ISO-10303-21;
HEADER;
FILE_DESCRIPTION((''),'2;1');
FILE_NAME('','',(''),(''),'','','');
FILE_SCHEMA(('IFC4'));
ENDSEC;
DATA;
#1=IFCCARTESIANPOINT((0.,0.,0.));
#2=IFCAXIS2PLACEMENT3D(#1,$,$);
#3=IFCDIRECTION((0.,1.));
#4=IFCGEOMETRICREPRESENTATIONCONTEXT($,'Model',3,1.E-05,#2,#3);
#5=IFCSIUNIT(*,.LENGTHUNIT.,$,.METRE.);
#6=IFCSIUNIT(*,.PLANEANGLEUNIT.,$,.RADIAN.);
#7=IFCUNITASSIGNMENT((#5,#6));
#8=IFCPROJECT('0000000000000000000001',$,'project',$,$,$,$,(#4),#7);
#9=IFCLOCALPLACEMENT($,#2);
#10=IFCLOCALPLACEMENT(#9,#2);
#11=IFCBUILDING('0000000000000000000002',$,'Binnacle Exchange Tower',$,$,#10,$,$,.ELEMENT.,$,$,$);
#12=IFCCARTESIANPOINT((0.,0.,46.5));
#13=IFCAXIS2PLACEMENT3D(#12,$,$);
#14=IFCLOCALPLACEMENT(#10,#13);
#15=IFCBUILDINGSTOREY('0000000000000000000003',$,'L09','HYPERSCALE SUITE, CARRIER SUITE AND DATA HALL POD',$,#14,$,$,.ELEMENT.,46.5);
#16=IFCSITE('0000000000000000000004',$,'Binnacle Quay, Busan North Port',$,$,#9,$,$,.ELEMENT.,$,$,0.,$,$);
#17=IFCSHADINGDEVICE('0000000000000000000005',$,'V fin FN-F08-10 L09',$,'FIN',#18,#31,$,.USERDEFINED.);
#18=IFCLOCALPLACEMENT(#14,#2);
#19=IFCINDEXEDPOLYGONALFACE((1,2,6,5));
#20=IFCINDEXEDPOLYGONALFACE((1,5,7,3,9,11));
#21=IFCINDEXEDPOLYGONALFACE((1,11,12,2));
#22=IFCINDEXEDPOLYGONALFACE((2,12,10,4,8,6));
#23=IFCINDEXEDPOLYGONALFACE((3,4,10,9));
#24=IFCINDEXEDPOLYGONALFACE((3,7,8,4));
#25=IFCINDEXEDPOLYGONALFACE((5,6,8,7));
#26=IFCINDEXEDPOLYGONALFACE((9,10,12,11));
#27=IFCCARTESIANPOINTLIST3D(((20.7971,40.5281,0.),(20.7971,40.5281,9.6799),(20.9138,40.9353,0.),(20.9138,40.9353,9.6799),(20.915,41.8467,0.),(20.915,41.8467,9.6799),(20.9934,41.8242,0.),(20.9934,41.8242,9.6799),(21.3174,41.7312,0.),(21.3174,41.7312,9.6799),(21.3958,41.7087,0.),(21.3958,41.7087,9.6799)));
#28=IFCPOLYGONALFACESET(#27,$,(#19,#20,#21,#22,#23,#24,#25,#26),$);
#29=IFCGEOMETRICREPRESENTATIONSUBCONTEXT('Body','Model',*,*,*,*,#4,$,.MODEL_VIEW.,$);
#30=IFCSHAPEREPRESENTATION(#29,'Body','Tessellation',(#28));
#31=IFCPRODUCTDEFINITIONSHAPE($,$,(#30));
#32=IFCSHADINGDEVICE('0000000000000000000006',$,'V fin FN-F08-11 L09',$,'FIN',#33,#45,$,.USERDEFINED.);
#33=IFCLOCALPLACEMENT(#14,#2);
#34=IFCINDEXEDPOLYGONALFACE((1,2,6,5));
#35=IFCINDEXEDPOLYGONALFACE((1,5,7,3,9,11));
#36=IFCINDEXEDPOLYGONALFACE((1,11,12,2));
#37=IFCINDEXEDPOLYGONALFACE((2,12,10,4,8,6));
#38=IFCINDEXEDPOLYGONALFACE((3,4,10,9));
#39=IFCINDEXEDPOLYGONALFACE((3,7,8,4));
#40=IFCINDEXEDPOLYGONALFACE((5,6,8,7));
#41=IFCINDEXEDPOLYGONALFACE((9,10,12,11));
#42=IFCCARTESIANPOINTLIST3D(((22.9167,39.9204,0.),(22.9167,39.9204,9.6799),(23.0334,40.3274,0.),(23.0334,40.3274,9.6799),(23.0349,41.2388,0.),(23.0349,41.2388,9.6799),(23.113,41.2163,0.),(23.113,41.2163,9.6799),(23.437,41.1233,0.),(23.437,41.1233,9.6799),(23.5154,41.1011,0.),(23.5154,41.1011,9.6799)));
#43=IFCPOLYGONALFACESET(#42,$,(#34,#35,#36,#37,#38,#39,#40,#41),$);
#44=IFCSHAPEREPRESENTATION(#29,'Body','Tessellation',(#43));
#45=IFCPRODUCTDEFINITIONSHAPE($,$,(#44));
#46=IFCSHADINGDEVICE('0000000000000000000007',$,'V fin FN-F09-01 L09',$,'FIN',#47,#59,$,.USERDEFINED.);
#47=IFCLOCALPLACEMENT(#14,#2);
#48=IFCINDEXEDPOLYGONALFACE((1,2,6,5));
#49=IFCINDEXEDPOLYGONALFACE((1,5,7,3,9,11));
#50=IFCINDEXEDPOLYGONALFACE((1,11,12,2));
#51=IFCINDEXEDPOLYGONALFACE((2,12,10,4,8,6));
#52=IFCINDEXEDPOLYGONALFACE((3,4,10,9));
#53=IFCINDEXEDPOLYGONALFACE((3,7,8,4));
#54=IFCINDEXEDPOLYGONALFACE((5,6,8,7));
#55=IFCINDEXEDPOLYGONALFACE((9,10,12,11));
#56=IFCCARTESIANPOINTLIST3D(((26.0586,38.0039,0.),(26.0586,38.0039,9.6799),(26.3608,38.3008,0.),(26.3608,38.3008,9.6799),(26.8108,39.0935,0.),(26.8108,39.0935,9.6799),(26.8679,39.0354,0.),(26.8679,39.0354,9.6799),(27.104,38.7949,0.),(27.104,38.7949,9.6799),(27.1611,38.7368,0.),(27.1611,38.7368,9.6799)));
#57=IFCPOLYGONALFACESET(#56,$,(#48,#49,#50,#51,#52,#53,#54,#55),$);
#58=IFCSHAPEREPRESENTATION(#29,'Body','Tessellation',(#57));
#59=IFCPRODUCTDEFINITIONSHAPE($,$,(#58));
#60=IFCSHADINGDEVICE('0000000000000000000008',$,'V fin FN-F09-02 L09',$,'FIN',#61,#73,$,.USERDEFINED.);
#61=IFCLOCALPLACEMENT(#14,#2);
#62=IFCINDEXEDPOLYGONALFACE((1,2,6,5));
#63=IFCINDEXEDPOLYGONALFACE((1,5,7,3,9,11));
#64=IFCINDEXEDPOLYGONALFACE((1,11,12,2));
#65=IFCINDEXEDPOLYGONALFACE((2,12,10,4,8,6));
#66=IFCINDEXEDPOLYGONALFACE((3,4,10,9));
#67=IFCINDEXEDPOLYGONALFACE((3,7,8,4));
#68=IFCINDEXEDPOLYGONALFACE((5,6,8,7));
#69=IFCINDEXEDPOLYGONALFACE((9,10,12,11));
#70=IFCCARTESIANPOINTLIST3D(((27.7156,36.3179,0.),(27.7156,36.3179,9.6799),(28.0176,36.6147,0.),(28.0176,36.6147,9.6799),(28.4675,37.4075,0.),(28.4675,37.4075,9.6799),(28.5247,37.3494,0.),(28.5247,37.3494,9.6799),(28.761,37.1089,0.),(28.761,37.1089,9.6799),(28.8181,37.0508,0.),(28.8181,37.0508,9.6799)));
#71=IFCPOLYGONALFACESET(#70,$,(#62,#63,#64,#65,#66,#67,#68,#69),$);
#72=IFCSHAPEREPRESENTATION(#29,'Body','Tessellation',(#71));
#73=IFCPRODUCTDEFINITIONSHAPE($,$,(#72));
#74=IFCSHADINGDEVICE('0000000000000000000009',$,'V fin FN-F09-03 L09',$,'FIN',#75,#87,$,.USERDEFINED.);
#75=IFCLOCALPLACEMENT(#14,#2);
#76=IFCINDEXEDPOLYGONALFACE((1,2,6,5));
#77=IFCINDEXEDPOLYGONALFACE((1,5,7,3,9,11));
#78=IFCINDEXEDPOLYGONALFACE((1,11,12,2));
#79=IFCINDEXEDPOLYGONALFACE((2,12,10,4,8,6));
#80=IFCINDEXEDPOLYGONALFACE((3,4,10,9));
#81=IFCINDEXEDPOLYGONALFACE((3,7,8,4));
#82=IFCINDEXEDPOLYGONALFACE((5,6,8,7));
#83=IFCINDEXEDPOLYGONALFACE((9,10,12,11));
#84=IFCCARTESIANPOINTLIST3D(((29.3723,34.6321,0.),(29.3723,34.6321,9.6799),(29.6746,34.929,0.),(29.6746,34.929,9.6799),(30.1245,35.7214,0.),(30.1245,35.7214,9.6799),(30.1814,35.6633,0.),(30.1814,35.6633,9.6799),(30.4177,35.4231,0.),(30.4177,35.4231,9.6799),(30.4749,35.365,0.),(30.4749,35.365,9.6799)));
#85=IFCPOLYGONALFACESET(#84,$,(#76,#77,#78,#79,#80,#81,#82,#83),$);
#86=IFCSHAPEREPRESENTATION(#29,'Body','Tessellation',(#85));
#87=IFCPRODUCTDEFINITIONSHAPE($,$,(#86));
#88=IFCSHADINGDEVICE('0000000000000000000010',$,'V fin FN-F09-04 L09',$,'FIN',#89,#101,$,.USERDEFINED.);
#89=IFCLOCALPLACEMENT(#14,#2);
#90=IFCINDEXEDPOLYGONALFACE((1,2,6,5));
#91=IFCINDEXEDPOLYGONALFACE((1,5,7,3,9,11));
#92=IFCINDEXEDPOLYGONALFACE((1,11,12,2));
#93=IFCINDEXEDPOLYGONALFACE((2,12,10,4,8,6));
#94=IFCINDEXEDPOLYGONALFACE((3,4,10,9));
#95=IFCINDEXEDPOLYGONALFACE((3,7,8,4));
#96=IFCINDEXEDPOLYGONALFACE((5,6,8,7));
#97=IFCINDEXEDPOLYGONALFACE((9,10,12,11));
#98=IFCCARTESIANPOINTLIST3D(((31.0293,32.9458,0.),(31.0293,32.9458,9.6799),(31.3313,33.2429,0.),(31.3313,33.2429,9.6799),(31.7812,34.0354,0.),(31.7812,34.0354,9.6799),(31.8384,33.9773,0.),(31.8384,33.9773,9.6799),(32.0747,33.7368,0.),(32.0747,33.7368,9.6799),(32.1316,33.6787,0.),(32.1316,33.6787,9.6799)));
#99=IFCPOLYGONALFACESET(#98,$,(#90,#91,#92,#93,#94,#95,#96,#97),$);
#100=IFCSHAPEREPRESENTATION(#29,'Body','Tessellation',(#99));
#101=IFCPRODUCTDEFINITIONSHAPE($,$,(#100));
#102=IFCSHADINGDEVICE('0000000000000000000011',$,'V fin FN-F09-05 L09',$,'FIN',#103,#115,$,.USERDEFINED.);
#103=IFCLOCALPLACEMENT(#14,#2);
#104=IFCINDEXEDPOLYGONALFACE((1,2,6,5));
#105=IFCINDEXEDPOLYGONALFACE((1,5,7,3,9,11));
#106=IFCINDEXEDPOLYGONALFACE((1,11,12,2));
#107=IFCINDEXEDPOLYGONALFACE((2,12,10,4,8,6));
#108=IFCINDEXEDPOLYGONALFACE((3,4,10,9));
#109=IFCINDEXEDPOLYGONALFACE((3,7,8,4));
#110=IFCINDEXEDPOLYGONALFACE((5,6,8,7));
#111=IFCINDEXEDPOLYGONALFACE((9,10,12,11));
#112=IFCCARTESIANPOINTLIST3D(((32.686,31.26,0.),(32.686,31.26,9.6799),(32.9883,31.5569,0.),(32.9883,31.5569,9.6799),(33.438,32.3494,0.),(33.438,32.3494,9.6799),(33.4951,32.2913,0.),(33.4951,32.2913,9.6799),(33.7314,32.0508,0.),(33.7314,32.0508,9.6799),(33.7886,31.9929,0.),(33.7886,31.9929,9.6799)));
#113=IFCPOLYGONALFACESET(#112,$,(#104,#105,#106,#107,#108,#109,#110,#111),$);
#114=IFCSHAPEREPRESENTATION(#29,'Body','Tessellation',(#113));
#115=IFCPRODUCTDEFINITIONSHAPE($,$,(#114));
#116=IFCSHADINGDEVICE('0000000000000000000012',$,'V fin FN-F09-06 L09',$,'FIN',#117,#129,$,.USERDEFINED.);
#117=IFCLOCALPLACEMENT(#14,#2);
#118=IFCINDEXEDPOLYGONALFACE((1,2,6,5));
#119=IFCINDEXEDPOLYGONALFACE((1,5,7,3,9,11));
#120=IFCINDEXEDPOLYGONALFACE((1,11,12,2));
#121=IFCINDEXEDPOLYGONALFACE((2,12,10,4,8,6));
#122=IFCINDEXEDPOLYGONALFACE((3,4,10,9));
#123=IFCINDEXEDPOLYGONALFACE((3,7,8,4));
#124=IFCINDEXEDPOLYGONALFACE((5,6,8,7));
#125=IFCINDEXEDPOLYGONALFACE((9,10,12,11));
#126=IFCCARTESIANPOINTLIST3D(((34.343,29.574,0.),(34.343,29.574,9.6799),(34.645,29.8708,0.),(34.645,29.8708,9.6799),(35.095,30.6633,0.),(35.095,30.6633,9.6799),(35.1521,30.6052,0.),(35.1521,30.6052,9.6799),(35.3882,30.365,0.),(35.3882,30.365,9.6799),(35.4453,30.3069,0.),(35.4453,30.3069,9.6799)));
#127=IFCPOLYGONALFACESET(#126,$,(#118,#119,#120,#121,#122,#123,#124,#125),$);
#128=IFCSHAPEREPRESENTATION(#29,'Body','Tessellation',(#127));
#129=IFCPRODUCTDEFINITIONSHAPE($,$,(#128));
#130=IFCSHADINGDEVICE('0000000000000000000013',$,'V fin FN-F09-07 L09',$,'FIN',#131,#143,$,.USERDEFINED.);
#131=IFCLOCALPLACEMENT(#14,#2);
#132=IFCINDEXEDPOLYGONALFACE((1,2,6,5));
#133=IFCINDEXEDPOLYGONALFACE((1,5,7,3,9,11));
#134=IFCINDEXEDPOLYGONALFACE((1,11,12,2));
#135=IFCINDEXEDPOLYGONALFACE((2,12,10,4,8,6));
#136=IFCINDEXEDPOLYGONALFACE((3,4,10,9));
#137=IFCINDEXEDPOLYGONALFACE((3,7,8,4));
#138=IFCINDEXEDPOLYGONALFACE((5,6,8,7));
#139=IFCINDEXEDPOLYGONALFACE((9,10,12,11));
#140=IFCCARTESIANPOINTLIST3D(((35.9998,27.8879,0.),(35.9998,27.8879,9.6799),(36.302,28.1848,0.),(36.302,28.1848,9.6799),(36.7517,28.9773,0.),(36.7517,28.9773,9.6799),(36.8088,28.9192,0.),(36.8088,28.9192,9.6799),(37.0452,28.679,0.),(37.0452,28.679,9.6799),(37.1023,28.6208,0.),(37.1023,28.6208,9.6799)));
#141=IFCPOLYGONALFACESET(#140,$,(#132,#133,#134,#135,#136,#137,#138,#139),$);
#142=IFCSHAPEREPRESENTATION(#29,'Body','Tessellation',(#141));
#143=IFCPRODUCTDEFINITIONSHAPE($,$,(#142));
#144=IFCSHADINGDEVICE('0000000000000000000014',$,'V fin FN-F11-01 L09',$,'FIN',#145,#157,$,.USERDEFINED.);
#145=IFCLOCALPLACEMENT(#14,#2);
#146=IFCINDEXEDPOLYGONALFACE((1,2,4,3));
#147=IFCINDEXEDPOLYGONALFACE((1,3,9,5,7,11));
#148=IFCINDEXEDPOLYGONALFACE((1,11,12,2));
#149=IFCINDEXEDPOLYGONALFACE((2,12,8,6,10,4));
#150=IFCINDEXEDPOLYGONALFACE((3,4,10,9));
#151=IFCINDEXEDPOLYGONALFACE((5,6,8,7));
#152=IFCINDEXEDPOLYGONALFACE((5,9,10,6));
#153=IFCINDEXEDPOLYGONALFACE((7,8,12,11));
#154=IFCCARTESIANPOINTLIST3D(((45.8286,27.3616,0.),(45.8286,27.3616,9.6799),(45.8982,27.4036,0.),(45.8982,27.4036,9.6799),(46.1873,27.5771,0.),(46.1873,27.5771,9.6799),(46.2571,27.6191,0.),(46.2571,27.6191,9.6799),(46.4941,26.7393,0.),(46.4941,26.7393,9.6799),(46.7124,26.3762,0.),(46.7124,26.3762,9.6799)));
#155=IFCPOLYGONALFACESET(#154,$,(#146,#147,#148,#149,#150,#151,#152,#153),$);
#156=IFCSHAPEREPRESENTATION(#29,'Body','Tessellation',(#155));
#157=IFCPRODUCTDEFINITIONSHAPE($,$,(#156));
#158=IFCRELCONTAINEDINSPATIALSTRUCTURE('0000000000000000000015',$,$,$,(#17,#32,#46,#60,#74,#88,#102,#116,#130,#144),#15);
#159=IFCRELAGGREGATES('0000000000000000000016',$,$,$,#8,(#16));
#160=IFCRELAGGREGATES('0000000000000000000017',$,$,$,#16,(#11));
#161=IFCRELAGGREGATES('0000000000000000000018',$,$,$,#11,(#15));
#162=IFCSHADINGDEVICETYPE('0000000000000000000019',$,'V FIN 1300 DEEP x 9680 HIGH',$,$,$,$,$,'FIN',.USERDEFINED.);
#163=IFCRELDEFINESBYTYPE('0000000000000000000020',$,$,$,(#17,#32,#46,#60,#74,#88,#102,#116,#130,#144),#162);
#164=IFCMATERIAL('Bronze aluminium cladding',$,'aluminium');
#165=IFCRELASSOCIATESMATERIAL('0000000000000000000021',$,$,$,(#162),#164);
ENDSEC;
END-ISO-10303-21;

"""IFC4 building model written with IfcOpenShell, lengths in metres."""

from ifc_helpers import new_model, si_unit, direction, frame, origin, place, context, subcontext, project, spatial, polyline, outline, extrude, material, type_object, element, save


model = new_model("IFC4")

# Units and contexts
model_context = context("Model", 3, precision=1e-05, world=origin(), true_north=direction((0.0, 1.0)))
body_context = subcontext(model_context, "Body", "Model", "MODEL_VIEW")
ifc_project = project(units=[si_unit("LENGTHUNIT", "METRE"), si_unit("PLANEANGLEUNIT", "RADIAN")], contexts=[model_context])

# Site, building, storey
site_placement = place(None, origin())
site = spatial("IfcSite", under=ifc_project, at=site_placement, Name="Binnacle Quay, Busan North Port", CompositionType="ELEMENT", RefElevation=0.0)
building_placement = place(site_placement, origin())
building = spatial("IfcBuilding", under=site, at=building_placement, Name="Binnacle Exchange Tower", CompositionType="ELEMENT")
storey_placement = place(building_placement, frame((0.0, 0.0, 46.5)))
storey = spatial("IfcBuildingStorey", under=building, at=storey_placement, Name="L09", Description="HYPERSCALE SUITE, CARRIER SUITE AND DATA HALL POD", CompositionType="ELEMENT", Elevation=46.5)

# Shading devices
ifc_material = material(Name="Bronze aluminium cladding", Category="aluminium")
shading_device_type = type_object("IfcShadingDeviceType", Name="V FIN 1300 DEEP x 9680 HIGH", ElementType="FIN", PredefinedType="USERDEFINED", material=ifc_material)
shading_device_1_placement = place(storey_placement, origin())
element("IfcShadingDevice", 1, at=shading_device_1_placement, inside=storey, type_object=shading_device_type, Name="V fin FN-F08-10 L09", ObjectType="FIN", PredefinedType="USERDEFINED", context=body_context, shape_type="SweptSolid", body=[
    extrude(outline(polyline([(20.915, 41.8467), (20.7971, 40.5281), (21.3958, 41.7087), (21.3174, 41.7312), (20.9138, 40.9353), (20.9934, 41.8242), (20.915, 41.8467)])), origin(), (0.0, 0.0, 1.0), 9.6799),
])
shading_device_2_placement = place(storey_placement, origin())
element("IfcShadingDevice", 2, at=shading_device_2_placement, inside=storey, type_object=shading_device_type, Name="V fin FN-F08-11 L09", ObjectType="FIN", PredefinedType="USERDEFINED", context=body_context, shape_type="SweptSolid", body=[
    extrude(outline(polyline([(23.0349, 41.2388), (22.9167, 39.9204), (23.5154, 41.1011), (23.437, 41.1233), (23.0334, 40.3274), (23.113, 41.2163), (23.0349, 41.2388)])), origin(), (0.0, 0.0, 1.0), 9.6799),
])
shading_device_3_placement = place(storey_placement, origin())
element("IfcShadingDevice", 3, at=shading_device_3_placement, inside=storey, type_object=shading_device_type, Name="V fin FN-F09-01 L09", ObjectType="FIN", PredefinedType="USERDEFINED", context=body_context, shape_type="SweptSolid", body=[
    extrude(outline(polyline([(26.8108, 39.0935), (26.0586, 38.0039), (27.1611, 38.7368), (27.104, 38.7949), (26.3608, 38.3008), (26.8679, 39.0354), (26.8108, 39.0935)])), origin(), (0.0, 0.0, 1.0), 9.6799),
])
shading_device_4_placement = place(storey_placement, origin())
element("IfcShadingDevice", 4, at=shading_device_4_placement, inside=storey, type_object=shading_device_type, Name="V fin FN-F09-02 L09", ObjectType="FIN", PredefinedType="USERDEFINED", context=body_context, shape_type="SweptSolid", body=[
    extrude(outline(polyline([(28.4675, 37.4075), (27.7156, 36.3179), (28.8181, 37.0508), (28.761, 37.1089), (28.0176, 36.6147), (28.5247, 37.3494), (28.4675, 37.4075)])), origin(), (0.0, 0.0, 1.0), 9.6799),
])
shading_device_5_placement = place(storey_placement, origin())
element("IfcShadingDevice", 5, at=shading_device_5_placement, inside=storey, type_object=shading_device_type, Name="V fin FN-F09-03 L09", ObjectType="FIN", PredefinedType="USERDEFINED", context=body_context, shape_type="SweptSolid", body=[
    extrude(outline(polyline([(30.1245, 35.7214), (29.3723, 34.6321), (30.4749, 35.365), (30.4177, 35.4231), (29.6746, 34.929), (30.1814, 35.6633), (30.1245, 35.7214)])), origin(), (0.0, 0.0, 1.0), 9.6799),
])
shading_device_6_placement = place(storey_placement, origin())
element("IfcShadingDevice", 6, at=shading_device_6_placement, inside=storey, type_object=shading_device_type, Name="V fin FN-F09-04 L09", ObjectType="FIN", PredefinedType="USERDEFINED", context=body_context, shape_type="SweptSolid", body=[
    extrude(outline(polyline([(31.7812, 34.0354), (31.0293, 32.9458), (32.1316, 33.6787), (32.0747, 33.7368), (31.3313, 33.2429), (31.8384, 33.9773), (31.7812, 34.0354)])), origin(), (0.0, 0.0, 1.0), 9.6799),
])
shading_device_7_placement = place(storey_placement, origin())
element("IfcShadingDevice", 7, at=shading_device_7_placement, inside=storey, type_object=shading_device_type, Name="V fin FN-F09-05 L09", ObjectType="FIN", PredefinedType="USERDEFINED", context=body_context, shape_type="SweptSolid", body=[
    extrude(outline(polyline([(33.438, 32.3494), (32.686, 31.26), (33.7886, 31.9929), (33.7314, 32.0508), (32.9883, 31.5569), (33.4951, 32.2913), (33.438, 32.3494)])), origin(), (0.0, 0.0, 1.0), 9.6799),
])
shading_device_8_placement = place(storey_placement, origin())
element("IfcShadingDevice", 8, at=shading_device_8_placement, inside=storey, type_object=shading_device_type, Name="V fin FN-F09-06 L09", ObjectType="FIN", PredefinedType="USERDEFINED", context=body_context, shape_type="SweptSolid", body=[
    extrude(outline(polyline([(35.095, 30.6633), (34.343, 29.574), (35.4453, 30.3069), (35.3882, 30.365), (34.645, 29.8708), (35.1521, 30.6052), (35.095, 30.6633)])), origin(), (0.0, 0.0, 1.0), 9.6799),
])
shading_device_9_placement = place(storey_placement, origin())
element("IfcShadingDevice", 9, at=shading_device_9_placement, inside=storey, type_object=shading_device_type, Name="V fin FN-F09-07 L09", ObjectType="FIN", PredefinedType="USERDEFINED", context=body_context, shape_type="SweptSolid", body=[
    extrude(outline(polyline([(36.7517, 28.9773), (35.9998, 27.8879), (37.1023, 28.6208), (37.0452, 28.679), (36.302, 28.1848), (36.8088, 28.9192), (36.7517, 28.9773)])), origin(), (0.0, 0.0, 1.0), 9.6799),
])
shading_device_10_placement = place(storey_placement, origin())
element("IfcShadingDevice", 10, at=shading_device_10_placement, inside=storey, type_object=shading_device_type, Name="V fin FN-F11-01 L09", ObjectType="FIN", PredefinedType="USERDEFINED", context=body_context, shape_type="SweptSolid", body=[
    extrude(outline(polyline([(45.8286, 27.3616), (46.7124, 26.3762), (46.2571, 27.6191), (46.1873, 27.5771), (46.4941, 26.7393), (45.8982, 27.4036), (45.8286, 27.3616)])), origin(), (0.0, 0.0, 1.0), 9.6799),
])

save(model, "model.ifc")
